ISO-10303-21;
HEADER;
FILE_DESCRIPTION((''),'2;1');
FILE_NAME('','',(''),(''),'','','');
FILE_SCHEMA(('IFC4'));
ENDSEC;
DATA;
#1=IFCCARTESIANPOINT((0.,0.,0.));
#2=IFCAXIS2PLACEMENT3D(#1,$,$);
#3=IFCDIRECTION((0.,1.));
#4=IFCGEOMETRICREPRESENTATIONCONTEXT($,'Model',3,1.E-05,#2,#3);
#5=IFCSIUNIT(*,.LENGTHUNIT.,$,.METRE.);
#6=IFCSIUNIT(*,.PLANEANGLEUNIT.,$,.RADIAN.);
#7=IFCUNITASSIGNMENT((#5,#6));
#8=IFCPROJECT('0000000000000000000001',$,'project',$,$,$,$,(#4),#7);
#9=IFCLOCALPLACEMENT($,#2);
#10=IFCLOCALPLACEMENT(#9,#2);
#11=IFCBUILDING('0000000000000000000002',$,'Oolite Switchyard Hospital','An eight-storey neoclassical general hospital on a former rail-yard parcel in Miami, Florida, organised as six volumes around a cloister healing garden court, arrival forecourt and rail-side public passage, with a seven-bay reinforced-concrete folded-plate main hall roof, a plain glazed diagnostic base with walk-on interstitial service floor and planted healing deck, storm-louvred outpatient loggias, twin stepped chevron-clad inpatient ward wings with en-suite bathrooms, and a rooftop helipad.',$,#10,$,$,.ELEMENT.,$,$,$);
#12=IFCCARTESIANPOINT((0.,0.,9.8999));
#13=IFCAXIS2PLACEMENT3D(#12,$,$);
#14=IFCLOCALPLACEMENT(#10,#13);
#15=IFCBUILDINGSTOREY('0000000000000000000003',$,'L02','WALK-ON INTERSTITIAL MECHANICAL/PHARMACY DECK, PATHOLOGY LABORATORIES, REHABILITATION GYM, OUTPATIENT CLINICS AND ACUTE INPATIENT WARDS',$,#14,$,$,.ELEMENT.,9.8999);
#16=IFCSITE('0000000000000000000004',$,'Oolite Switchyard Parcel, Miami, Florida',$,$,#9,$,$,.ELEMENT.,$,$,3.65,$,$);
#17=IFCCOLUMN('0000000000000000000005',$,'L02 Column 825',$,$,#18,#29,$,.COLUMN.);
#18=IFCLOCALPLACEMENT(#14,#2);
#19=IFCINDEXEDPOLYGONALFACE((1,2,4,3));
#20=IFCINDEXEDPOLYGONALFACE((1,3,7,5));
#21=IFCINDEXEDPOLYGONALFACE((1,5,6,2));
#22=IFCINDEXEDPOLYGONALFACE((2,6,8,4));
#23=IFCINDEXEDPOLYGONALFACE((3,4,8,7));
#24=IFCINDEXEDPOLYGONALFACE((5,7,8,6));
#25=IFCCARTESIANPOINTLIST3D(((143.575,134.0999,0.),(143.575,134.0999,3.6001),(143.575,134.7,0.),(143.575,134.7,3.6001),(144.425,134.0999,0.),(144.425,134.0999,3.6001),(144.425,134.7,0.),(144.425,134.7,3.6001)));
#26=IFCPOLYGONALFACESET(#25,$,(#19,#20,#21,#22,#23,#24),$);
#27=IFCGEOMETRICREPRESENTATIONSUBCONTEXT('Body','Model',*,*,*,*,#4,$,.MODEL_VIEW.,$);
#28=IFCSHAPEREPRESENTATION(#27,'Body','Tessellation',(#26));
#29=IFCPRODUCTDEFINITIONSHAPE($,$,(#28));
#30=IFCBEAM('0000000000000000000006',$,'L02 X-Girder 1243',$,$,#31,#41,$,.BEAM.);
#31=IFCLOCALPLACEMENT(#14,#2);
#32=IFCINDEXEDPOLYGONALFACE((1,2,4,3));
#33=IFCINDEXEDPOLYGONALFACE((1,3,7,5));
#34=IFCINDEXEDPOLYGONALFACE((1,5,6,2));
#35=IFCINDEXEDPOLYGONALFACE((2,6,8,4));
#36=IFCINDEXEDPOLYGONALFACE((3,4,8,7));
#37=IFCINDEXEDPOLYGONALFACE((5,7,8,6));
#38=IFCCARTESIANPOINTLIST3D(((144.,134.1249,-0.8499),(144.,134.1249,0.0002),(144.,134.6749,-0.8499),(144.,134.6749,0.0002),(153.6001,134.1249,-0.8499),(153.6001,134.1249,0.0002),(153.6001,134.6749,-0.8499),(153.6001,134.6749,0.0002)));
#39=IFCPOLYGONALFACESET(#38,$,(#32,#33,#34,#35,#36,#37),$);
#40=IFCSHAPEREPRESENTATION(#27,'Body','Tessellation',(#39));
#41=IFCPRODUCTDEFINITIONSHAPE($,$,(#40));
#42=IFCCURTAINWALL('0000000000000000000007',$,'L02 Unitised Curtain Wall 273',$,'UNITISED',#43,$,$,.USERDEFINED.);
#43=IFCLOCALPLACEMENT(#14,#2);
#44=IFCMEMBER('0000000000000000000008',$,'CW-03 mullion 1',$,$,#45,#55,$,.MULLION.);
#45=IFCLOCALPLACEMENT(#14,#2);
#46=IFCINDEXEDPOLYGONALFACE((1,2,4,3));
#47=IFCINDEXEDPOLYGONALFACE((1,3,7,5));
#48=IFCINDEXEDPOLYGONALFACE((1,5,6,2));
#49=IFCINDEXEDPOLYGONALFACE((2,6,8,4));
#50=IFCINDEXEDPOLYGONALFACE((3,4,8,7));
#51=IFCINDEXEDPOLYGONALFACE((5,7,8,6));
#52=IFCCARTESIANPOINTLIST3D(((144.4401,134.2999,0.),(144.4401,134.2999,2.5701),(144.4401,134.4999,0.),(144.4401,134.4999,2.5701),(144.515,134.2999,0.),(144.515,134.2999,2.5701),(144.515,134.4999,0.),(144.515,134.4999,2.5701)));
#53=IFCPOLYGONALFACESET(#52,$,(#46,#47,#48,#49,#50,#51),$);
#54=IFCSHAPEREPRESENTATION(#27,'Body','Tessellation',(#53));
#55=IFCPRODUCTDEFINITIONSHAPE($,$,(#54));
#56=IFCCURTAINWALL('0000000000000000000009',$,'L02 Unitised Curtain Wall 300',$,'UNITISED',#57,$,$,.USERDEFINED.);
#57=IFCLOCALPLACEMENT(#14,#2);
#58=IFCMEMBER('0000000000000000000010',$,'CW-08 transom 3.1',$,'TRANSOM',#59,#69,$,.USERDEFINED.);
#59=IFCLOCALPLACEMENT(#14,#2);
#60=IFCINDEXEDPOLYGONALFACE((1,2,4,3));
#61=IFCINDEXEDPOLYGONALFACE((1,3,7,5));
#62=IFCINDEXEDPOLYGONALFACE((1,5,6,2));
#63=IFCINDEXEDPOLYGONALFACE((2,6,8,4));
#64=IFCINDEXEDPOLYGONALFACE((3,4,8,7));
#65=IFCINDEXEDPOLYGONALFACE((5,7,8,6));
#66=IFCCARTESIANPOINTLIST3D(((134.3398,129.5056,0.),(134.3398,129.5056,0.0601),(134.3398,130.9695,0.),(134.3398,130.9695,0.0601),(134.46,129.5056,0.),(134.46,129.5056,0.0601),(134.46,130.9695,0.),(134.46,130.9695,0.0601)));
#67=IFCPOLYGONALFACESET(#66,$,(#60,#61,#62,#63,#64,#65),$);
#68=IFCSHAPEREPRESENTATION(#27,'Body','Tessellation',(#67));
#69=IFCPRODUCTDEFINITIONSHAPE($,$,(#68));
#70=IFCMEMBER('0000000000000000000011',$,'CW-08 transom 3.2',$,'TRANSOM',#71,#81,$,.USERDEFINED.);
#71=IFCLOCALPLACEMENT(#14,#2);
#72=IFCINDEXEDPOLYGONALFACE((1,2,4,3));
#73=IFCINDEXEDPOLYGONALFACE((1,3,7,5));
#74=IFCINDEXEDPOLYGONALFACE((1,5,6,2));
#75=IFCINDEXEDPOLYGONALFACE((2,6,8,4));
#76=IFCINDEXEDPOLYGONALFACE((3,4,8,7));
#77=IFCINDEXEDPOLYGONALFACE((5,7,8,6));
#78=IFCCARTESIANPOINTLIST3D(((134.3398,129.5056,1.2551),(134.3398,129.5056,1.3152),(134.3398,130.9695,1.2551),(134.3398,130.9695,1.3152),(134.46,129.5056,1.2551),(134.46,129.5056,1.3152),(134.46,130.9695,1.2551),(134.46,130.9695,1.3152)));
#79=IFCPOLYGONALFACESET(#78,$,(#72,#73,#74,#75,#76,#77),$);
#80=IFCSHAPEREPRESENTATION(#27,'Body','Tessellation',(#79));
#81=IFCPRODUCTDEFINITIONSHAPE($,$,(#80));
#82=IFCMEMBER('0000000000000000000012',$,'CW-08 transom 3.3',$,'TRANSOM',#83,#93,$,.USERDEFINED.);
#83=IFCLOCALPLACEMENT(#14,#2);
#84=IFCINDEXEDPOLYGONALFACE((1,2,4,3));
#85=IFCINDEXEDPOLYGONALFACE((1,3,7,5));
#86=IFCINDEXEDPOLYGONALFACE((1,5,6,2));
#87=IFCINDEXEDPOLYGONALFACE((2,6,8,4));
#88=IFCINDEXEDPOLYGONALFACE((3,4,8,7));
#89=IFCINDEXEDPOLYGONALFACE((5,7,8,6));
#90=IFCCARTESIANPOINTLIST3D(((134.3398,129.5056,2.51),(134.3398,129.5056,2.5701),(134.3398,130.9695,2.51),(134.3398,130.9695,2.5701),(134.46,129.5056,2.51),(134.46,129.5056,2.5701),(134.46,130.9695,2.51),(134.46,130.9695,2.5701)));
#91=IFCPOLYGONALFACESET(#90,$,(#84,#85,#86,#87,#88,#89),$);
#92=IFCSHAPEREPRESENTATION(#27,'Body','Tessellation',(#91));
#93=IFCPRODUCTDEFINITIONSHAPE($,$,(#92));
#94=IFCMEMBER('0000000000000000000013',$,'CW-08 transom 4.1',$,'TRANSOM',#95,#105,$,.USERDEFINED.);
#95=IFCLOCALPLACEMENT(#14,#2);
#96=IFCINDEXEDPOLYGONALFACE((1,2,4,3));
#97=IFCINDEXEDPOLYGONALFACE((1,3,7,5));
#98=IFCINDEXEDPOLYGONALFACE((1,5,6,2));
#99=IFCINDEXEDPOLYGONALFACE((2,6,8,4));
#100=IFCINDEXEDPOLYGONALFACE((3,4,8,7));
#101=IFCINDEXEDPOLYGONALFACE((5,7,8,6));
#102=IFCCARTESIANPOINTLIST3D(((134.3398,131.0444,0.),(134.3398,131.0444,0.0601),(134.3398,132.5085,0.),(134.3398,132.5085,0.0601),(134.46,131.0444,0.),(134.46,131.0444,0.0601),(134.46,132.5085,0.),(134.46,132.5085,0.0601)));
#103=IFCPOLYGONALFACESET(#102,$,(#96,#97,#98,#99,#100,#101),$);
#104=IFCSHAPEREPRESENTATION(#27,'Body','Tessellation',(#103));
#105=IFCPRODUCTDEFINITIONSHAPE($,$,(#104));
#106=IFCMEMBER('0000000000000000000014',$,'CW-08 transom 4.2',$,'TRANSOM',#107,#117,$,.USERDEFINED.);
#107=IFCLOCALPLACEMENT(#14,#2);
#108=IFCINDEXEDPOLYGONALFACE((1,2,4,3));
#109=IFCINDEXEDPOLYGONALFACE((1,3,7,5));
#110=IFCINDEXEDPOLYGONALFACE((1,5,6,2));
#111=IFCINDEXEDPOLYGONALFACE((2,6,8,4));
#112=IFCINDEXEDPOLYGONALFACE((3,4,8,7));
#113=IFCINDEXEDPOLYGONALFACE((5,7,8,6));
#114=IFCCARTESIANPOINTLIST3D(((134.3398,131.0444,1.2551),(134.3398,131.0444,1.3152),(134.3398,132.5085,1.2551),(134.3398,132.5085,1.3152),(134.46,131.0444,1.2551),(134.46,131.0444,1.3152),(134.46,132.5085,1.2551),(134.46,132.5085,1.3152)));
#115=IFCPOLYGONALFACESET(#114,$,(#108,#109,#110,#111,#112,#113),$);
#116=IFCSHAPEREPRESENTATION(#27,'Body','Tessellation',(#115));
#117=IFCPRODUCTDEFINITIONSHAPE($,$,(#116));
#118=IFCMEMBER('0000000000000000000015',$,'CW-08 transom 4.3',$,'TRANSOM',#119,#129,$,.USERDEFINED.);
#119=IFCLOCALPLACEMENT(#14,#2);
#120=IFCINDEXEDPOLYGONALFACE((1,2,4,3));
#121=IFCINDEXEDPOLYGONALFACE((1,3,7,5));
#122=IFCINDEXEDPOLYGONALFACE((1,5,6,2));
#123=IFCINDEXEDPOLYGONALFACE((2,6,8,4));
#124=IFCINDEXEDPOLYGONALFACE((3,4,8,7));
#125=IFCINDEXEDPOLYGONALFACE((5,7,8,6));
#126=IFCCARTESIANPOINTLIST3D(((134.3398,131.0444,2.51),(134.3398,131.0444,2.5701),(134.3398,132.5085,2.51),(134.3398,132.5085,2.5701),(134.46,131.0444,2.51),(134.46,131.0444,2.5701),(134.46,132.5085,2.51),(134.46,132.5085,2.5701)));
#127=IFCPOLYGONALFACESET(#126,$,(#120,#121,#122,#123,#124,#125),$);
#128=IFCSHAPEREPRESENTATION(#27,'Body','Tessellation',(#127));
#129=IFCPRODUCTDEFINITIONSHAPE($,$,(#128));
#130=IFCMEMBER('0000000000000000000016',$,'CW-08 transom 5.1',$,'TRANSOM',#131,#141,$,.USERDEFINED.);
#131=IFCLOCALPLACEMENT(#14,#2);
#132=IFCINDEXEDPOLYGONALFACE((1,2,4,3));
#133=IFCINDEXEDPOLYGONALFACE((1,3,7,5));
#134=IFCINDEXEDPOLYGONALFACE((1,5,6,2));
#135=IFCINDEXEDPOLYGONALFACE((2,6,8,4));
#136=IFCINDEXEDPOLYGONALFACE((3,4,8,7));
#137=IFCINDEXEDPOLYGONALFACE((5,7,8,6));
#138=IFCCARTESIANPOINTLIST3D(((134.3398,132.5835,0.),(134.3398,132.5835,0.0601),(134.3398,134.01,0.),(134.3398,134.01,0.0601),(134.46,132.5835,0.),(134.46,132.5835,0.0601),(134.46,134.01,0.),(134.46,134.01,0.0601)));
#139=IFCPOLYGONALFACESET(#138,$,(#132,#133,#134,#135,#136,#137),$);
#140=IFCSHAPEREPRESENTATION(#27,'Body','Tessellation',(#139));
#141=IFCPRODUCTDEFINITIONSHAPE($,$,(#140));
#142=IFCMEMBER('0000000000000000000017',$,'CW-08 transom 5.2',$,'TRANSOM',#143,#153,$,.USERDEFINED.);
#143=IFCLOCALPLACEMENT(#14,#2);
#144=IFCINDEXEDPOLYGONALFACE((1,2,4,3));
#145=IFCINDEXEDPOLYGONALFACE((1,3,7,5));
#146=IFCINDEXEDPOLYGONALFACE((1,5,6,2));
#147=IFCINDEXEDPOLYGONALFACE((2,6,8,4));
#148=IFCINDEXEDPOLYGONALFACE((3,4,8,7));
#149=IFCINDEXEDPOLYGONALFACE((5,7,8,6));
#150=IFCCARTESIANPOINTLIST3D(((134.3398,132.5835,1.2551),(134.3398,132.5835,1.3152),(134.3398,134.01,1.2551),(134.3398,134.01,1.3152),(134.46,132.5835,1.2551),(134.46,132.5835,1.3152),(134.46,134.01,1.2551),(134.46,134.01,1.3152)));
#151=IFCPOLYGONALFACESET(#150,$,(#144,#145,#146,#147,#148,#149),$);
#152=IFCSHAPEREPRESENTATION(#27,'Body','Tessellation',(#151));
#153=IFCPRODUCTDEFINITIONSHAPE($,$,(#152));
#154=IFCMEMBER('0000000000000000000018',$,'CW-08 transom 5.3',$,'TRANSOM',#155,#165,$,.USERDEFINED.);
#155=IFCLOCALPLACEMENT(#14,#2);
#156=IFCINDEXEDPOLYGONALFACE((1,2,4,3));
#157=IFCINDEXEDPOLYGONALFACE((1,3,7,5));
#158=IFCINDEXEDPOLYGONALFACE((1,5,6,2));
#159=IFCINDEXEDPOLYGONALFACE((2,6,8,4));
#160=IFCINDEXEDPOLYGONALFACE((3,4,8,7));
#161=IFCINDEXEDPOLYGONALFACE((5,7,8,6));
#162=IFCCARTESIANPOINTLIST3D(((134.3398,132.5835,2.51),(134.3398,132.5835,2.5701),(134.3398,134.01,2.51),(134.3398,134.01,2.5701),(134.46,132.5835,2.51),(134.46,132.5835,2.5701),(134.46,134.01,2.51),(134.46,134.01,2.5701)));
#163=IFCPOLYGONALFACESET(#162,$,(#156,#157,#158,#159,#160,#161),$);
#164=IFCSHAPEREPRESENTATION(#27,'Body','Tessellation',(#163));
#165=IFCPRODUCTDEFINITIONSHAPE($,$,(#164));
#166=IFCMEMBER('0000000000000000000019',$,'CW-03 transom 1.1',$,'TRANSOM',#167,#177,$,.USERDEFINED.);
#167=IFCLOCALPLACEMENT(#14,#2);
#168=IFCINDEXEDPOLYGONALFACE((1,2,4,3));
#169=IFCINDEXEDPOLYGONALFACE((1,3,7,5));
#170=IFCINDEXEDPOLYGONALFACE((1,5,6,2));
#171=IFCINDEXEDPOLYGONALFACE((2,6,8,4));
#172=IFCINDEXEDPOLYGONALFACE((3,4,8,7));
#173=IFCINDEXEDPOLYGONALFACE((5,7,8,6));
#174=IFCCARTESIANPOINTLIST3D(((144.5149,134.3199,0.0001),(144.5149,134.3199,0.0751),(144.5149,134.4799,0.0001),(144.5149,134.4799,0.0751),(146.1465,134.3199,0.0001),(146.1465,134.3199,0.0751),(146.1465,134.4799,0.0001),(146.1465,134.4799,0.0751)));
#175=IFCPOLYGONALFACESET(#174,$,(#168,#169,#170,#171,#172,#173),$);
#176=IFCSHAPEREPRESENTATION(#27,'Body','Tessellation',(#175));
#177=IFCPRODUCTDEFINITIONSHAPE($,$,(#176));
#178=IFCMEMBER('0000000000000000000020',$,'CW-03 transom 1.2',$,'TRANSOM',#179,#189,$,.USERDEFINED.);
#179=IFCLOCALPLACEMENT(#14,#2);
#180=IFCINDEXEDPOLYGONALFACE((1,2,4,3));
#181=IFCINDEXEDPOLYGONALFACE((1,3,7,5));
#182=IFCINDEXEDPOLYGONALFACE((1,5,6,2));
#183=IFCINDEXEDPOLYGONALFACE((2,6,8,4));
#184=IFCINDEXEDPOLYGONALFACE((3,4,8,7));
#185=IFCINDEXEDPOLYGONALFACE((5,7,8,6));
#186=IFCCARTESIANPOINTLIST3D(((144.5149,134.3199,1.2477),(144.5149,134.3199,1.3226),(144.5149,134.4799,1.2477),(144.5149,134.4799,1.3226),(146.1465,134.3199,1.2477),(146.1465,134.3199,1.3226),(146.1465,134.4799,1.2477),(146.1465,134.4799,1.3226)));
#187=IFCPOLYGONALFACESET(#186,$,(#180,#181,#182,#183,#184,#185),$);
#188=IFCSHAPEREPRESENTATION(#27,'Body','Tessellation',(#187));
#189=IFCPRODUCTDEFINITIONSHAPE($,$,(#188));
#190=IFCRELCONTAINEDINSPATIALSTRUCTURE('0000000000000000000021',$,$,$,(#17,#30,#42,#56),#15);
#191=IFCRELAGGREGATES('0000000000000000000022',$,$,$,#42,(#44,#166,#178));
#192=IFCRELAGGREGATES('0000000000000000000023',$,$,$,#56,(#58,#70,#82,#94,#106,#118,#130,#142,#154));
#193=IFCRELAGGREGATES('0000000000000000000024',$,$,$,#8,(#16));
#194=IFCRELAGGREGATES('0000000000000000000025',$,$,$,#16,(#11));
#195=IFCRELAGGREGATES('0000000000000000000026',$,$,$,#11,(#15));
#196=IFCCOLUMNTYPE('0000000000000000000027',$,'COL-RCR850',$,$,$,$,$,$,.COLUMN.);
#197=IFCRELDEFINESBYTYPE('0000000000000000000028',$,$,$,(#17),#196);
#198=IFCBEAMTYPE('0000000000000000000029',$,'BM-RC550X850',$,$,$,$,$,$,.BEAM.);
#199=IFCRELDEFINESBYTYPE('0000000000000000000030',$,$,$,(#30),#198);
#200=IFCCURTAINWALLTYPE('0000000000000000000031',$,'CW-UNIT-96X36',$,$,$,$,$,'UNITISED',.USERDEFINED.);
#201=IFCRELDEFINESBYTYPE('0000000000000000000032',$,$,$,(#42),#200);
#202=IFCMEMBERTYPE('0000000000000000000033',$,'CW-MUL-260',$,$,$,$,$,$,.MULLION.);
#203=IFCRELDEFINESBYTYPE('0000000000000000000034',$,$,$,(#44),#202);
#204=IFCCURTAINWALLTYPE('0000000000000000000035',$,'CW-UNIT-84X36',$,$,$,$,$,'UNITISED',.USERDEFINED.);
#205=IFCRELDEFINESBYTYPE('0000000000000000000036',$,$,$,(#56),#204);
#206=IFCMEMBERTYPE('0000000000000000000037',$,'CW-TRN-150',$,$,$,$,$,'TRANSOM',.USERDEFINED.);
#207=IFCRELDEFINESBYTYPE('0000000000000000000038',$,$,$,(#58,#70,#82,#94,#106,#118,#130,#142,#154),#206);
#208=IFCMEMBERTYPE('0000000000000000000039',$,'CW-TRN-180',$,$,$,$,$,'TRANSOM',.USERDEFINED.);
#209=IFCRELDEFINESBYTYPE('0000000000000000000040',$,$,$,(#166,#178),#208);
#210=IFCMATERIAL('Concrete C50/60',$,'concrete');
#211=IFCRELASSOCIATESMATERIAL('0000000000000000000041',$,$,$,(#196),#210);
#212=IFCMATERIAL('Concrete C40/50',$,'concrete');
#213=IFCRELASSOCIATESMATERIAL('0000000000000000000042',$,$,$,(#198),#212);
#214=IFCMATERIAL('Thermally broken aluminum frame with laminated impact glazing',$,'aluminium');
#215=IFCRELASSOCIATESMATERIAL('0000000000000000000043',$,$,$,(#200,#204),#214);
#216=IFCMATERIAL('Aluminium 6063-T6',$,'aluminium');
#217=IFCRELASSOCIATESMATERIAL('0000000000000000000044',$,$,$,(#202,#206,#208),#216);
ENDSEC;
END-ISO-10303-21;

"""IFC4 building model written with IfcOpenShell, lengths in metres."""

from ifc_helpers import new_model, si_unit, direction, frame, origin, origin_2d, place, context, subcontext, project, spatial, rectangle, extrude, material, material_profile, profile_set, type_object, element, aggregate, save


model = new_model("IFC4")

# Units and contexts
model_context = context("Model", 3, precision=1e-05, world=origin(), true_north=direction((0.0, 1.0)))
body_context = subcontext(model_context, "Body", "Model", "MODEL_VIEW")
ifc_project = project(units=[si_unit("LENGTHUNIT", "METRE"), si_unit("PLANEANGLEUNIT", "RADIAN")], contexts=[model_context])

# Site, building, storey
site_placement = place(None, origin())
site = spatial("IfcSite", under=ifc_project, at=site_placement, Name="Oolite Switchyard Parcel, Miami, Florida", CompositionType="ELEMENT", RefElevation=3.65)
building_placement = place(site_placement, origin())
building = spatial("IfcBuilding", under=site, at=building_placement, Name="Oolite Switchyard Hospital", Description="An eight-storey neoclassical general hospital on a former rail-yard parcel in Miami, Florida, organised as six volumes around a cloister healing garden court, arrival forecourt and rail-side public passage, with a seven-bay reinforced-concrete folded-plate main hall roof, a plain glazed diagnostic base with walk-on interstitial service floor and planted healing deck, storm-louvred outpatient loggias, twin stepped chevron-clad inpatient ward wings with en-suite bathrooms, and a rooftop helipad.", CompositionType="ELEMENT")
storey_placement = place(building_placement, frame((0.0, 0.0, 9.8999)))
storey = spatial("IfcBuildingStorey", under=building, at=storey_placement, Name="L02", Description="WALK-ON INTERSTITIAL MECHANICAL/PHARMACY DECK, PATHOLOGY LABORATORIES, REHABILITATION GYM, OUTPATIENT CLINICS AND ACUTE INPATIENT WARDS", CompositionType="ELEMENT", Elevation=9.8999)

# Column
ifc_material_1 = material(Name="Concrete C50/60", Category="concrete")
ifc_material_profile_1 = material_profile(ifc_material_1, rectangle(XDim=0.8501, YDim=0.6001, at=origin_2d()), Name="RC850X600")
ifc_profile_set_1 = profile_set([ifc_material_profile_1], Name="Concrete C50/60")
column_type = type_object("IfcColumnType", Name="COL-RCR850", PredefinedType="COLUMN", material=ifc_profile_set_1)
column_placement = place(storey_placement, frame((144.0, 134.3999, 0.0), z_axis=(0.0, 0.0, 1.0), x_axis=(1.0, 0.0, 0.0)))
element("IfcColumn", 1, at=column_placement, inside=storey, type_object=column_type, Name="L02 Column 825", PredefinedType="COLUMN", context=body_context, shape_type="SweptSolid", body=[
    extrude(rectangle(XDim=0.8501, YDim=0.6001, at=origin_2d()), origin(), (0.0, 0.0, 1.0), 3.6001),
])

# Beam
ifc_material_2 = material(Name="Concrete C40/50", Category="concrete")
ifc_material_profile_2 = material_profile(ifc_material_2, rectangle(XDim=0.55, YDim=0.8501, at=origin_2d()), Name="RCB550X850")
ifc_profile_set_2 = profile_set([ifc_material_profile_2], Name="Concrete C40/50")
beam_type = type_object("IfcBeamType", Name="BM-RC550X850", PredefinedType="BEAM", material=ifc_profile_set_2)
beam_placement = place(storey_placement, frame((144.0, 134.3999, -0.4248), z_axis=(1.0, 0.0, 0.0), x_axis=(0.0, 1.0, 0.0)))
element("IfcBeam", 2, at=beam_placement, inside=storey, type_object=beam_type, Name="L02 X-Girder 1243", PredefinedType="BEAM", context=body_context, shape_type="SweptSolid", body=[
    extrude(rectangle(XDim=0.55, YDim=0.8501, at=origin_2d()), origin(), (0.0, 0.0, 1.0), 9.6001),
])

# Curtain wall, member
ifc_material_3 = material(Name="Thermally broken aluminum frame with laminated impact glazing", Category="aluminium")
curtain_wall_type_1 = type_object("IfcCurtainWallType", Name="CW-UNIT-96X36", ElementType="UNITISED", PredefinedType="USERDEFINED", material=ifc_material_3)
curtain_wall_1_placement = place(storey_placement, origin())
curtain_wall_1 = element("IfcCurtainWall", 3, at=curtain_wall_1_placement, inside=storey, type_object=curtain_wall_type_1, Name="L02 Unitised Curtain Wall 273", ObjectType="UNITISED", PredefinedType="USERDEFINED")
ifc_material_4 = material(Name="Aluminium 6063-T6", Category="aluminium")
ifc_material_profile_3 = material_profile(ifc_material_4, rectangle(XDim=0.2, YDim=0.075, at=origin_2d()), Name="CWM75X200")
ifc_profile_set_3 = profile_set([ifc_material_profile_3], Name="Aluminium 6063-T6")
member_type_1 = type_object("IfcMemberType", Name="CW-MUL-260", PredefinedType="MULLION", material=ifc_profile_set_3)
member_1_placement = place(storey_placement, frame((144.4775, 134.3999, 0.0), z_axis=(0.0, 0.0, 1.0), x_axis=(0.0, 1.0, 0.0)))
member_1 = element("IfcMember", 4, at=member_1_placement, type_object=member_type_1, Name="CW-03 mullion 1", PredefinedType="MULLION", context=body_context, shape_type="SweptSolid", body=[
    extrude(rectangle(XDim=0.2, YDim=0.075, at=origin_2d()), origin(), (0.0, 0.0, 1.0), 2.5701),
])

# Curtain wall, members
curtain_wall_type_2 = type_object("IfcCurtainWallType", Name="CW-UNIT-84X36", ElementType="UNITISED", PredefinedType="USERDEFINED", material=ifc_material_3)
curtain_wall_2_placement = place(storey_placement, origin())
curtain_wall_2 = element("IfcCurtainWall", 5, at=curtain_wall_2_placement, inside=storey, type_object=curtain_wall_type_2, Name="L02 Unitised Curtain Wall 300", ObjectType="UNITISED", PredefinedType="USERDEFINED")
ifc_material_profile_4 = material_profile(ifc_material_4, rectangle(XDim=0.1201, YDim=0.0601, at=origin_2d()), Name="CWT60X120")
ifc_profile_set_4 = profile_set([ifc_material_profile_4], Name="Aluminium 6063-T6")
member_type_2 = type_object("IfcMemberType", Name="CW-TRN-150", ElementType="TRANSOM", PredefinedType="USERDEFINED", material=ifc_profile_set_4)
member_2_placement = place(storey_placement, frame((134.3999, 129.5056, 0.03), z_axis=(0.0, 1.0, 0.0), x_axis=(-1.0, 0.0, 0.0)))
member_2 = element("IfcMember", 6, at=member_2_placement, type_object=member_type_2, Name="CW-08 transom 3.1", ObjectType="TRANSOM", PredefinedType="USERDEFINED", context=body_context, shape_type="SweptSolid", body=[
    extrude(rectangle(XDim=0.1201, YDim=0.0601, at=origin_2d()), origin(), (0.0, 0.0, 1.0), 1.4639),
])
member_3_placement = place(storey_placement, frame((134.3999, 129.5056, 1.2852), z_axis=(0.0, 1.0, 0.0), x_axis=(-1.0, 0.0, 0.0)))
member_3 = element("IfcMember", 7, at=member_3_placement, type_object=member_type_2, Name="CW-08 transom 3.2", ObjectType="TRANSOM", PredefinedType="USERDEFINED", context=body_context, shape_type="SweptSolid", body=[
    extrude(rectangle(XDim=0.1201, YDim=0.0601, at=origin_2d()), origin(), (0.0, 0.0, 1.0), 1.4639),
])
member_4_placement = place(storey_placement, frame((134.3999, 129.5056, 2.54), z_axis=(0.0, 1.0, 0.0), x_axis=(-1.0, 0.0, 0.0)))
member_4 = element("IfcMember", 8, at=member_4_placement, type_object=member_type_2, Name="CW-08 transom 3.3", ObjectType="TRANSOM", PredefinedType="USERDEFINED", context=body_context, shape_type="SweptSolid", body=[
    extrude(rectangle(XDim=0.1201, YDim=0.0601, at=origin_2d()), origin(), (0.0, 0.0, 1.0), 1.4639),
])
member_5_placement = place(storey_placement, frame((134.3999, 131.0444, 0.03), z_axis=(0.0, 1.0, 0.0), x_axis=(-1.0, 0.0, 0.0)))
member_5 = element("IfcMember", 9, at=member_5_placement, type_object=member_type_2, Name="CW-08 transom 4.1", ObjectType="TRANSOM", PredefinedType="USERDEFINED", context=body_context, shape_type="SweptSolid", body=[
    extrude(rectangle(XDim=0.1201, YDim=0.0601, at=origin_2d()), origin(), (0.0, 0.0, 1.0), 1.4641),
])
member_6_placement = place(storey_placement, frame((134.3999, 131.0444, 1.2852), z_axis=(0.0, 1.0, 0.0), x_axis=(-1.0, 0.0, 0.0)))
member_6 = element("IfcMember", 10, at=member_6_placement, type_object=member_type_2, Name="CW-08 transom 4.2", ObjectType="TRANSOM", PredefinedType="USERDEFINED", context=body_context, shape_type="SweptSolid", body=[
    extrude(rectangle(XDim=0.1201, YDim=0.0601, at=origin_2d()), origin(), (0.0, 0.0, 1.0), 1.4641),
])
member_7_placement = place(storey_placement, frame((134.3999, 131.0444, 2.54), z_axis=(0.0, 1.0, 0.0), x_axis=(-1.0, 0.0, 0.0)))
member_7 = element("IfcMember", 11, at=member_7_placement, type_object=member_type_2, Name="CW-08 transom 4.3", ObjectType="TRANSOM", PredefinedType="USERDEFINED", context=body_context, shape_type="SweptSolid", body=[
    extrude(rectangle(XDim=0.1201, YDim=0.0601, at=origin_2d()), origin(), (0.0, 0.0, 1.0), 1.4641),
])
member_8_placement = place(storey_placement, frame((134.3999, 132.5835, 0.03), z_axis=(0.0, 1.0, 0.0), x_axis=(-1.0, 0.0, 0.0)))
member_8 = element("IfcMember", 12, at=member_8_placement, type_object=member_type_2, Name="CW-08 transom 5.1", ObjectType="TRANSOM", PredefinedType="USERDEFINED", context=body_context, shape_type="SweptSolid", body=[
    extrude(rectangle(XDim=0.1201, YDim=0.0601, at=origin_2d()), origin(), (0.0, 0.0, 1.0), 1.4265),
])
member_9_placement = place(storey_placement, frame((134.3999, 132.5835, 1.2852), z_axis=(0.0, 1.0, 0.0), x_axis=(-1.0, 0.0, 0.0)))
member_9 = element("IfcMember", 13, at=member_9_placement, type_object=member_type_2, Name="CW-08 transom 5.2", ObjectType="TRANSOM", PredefinedType="USERDEFINED", context=body_context, shape_type="SweptSolid", body=[
    extrude(rectangle(XDim=0.1201, YDim=0.0601, at=origin_2d()), origin(), (0.0, 0.0, 1.0), 1.4265),
])
member_10_placement = place(storey_placement, frame((134.3999, 132.5835, 2.54), z_axis=(0.0, 1.0, 0.0), x_axis=(-1.0, 0.0, 0.0)))
member_10 = element("IfcMember", 14, at=member_10_placement, type_object=member_type_2, Name="CW-08 transom 5.3", ObjectType="TRANSOM", PredefinedType="USERDEFINED", context=body_context, shape_type="SweptSolid", body=[
    extrude(rectangle(XDim=0.1201, YDim=0.0601, at=origin_2d()), origin(), (0.0, 0.0, 1.0), 1.4265),
])

# Members
ifc_material_profile_5 = material_profile(ifc_material_4, rectangle(XDim=0.1599, YDim=0.075, at=origin_2d()), Name="CWT75X160")
ifc_profile_set_5 = profile_set([ifc_material_profile_5], Name="Aluminium 6063-T6")
member_type_3 = type_object("IfcMemberType", Name="CW-TRN-180", ElementType="TRANSOM", PredefinedType="USERDEFINED", material=ifc_profile_set_5)
member_11_placement = place(storey_placement, frame((144.5149, 134.3999, 0.0376), z_axis=(1.0, 0.0, 0.0), x_axis=(0.0, 1.0, 0.0)))
member_11 = element("IfcMember", 15, at=member_11_placement, type_object=member_type_3, Name="CW-03 transom 1.1", ObjectType="TRANSOM", PredefinedType="USERDEFINED", context=body_context, shape_type="SweptSolid", body=[
    extrude(rectangle(XDim=0.1599, YDim=0.075, at=origin_2d()), origin(), (0.0, 0.0, 1.0), 1.6316),
])
member_12_placement = place(storey_placement, frame((144.5149, 134.3999, 1.2852), z_axis=(1.0, 0.0, 0.0), x_axis=(0.0, 1.0, 0.0)))
member_12 = element("IfcMember", 16, at=member_12_placement, type_object=member_type_3, Name="CW-03 transom 1.2", ObjectType="TRANSOM", PredefinedType="USERDEFINED", context=body_context, shape_type="SweptSolid", body=[
    extrude(rectangle(XDim=0.1599, YDim=0.075, at=origin_2d()), origin(), (0.0, 0.0, 1.0), 1.6316),
])
aggregate(curtain_wall_1, [member_1, member_11, member_12])

aggregate(curtain_wall_2, [member_2, member_3, member_4, member_5, member_6, member_7, member_8, member_9, member_10])

save(model, "model.ifc")
